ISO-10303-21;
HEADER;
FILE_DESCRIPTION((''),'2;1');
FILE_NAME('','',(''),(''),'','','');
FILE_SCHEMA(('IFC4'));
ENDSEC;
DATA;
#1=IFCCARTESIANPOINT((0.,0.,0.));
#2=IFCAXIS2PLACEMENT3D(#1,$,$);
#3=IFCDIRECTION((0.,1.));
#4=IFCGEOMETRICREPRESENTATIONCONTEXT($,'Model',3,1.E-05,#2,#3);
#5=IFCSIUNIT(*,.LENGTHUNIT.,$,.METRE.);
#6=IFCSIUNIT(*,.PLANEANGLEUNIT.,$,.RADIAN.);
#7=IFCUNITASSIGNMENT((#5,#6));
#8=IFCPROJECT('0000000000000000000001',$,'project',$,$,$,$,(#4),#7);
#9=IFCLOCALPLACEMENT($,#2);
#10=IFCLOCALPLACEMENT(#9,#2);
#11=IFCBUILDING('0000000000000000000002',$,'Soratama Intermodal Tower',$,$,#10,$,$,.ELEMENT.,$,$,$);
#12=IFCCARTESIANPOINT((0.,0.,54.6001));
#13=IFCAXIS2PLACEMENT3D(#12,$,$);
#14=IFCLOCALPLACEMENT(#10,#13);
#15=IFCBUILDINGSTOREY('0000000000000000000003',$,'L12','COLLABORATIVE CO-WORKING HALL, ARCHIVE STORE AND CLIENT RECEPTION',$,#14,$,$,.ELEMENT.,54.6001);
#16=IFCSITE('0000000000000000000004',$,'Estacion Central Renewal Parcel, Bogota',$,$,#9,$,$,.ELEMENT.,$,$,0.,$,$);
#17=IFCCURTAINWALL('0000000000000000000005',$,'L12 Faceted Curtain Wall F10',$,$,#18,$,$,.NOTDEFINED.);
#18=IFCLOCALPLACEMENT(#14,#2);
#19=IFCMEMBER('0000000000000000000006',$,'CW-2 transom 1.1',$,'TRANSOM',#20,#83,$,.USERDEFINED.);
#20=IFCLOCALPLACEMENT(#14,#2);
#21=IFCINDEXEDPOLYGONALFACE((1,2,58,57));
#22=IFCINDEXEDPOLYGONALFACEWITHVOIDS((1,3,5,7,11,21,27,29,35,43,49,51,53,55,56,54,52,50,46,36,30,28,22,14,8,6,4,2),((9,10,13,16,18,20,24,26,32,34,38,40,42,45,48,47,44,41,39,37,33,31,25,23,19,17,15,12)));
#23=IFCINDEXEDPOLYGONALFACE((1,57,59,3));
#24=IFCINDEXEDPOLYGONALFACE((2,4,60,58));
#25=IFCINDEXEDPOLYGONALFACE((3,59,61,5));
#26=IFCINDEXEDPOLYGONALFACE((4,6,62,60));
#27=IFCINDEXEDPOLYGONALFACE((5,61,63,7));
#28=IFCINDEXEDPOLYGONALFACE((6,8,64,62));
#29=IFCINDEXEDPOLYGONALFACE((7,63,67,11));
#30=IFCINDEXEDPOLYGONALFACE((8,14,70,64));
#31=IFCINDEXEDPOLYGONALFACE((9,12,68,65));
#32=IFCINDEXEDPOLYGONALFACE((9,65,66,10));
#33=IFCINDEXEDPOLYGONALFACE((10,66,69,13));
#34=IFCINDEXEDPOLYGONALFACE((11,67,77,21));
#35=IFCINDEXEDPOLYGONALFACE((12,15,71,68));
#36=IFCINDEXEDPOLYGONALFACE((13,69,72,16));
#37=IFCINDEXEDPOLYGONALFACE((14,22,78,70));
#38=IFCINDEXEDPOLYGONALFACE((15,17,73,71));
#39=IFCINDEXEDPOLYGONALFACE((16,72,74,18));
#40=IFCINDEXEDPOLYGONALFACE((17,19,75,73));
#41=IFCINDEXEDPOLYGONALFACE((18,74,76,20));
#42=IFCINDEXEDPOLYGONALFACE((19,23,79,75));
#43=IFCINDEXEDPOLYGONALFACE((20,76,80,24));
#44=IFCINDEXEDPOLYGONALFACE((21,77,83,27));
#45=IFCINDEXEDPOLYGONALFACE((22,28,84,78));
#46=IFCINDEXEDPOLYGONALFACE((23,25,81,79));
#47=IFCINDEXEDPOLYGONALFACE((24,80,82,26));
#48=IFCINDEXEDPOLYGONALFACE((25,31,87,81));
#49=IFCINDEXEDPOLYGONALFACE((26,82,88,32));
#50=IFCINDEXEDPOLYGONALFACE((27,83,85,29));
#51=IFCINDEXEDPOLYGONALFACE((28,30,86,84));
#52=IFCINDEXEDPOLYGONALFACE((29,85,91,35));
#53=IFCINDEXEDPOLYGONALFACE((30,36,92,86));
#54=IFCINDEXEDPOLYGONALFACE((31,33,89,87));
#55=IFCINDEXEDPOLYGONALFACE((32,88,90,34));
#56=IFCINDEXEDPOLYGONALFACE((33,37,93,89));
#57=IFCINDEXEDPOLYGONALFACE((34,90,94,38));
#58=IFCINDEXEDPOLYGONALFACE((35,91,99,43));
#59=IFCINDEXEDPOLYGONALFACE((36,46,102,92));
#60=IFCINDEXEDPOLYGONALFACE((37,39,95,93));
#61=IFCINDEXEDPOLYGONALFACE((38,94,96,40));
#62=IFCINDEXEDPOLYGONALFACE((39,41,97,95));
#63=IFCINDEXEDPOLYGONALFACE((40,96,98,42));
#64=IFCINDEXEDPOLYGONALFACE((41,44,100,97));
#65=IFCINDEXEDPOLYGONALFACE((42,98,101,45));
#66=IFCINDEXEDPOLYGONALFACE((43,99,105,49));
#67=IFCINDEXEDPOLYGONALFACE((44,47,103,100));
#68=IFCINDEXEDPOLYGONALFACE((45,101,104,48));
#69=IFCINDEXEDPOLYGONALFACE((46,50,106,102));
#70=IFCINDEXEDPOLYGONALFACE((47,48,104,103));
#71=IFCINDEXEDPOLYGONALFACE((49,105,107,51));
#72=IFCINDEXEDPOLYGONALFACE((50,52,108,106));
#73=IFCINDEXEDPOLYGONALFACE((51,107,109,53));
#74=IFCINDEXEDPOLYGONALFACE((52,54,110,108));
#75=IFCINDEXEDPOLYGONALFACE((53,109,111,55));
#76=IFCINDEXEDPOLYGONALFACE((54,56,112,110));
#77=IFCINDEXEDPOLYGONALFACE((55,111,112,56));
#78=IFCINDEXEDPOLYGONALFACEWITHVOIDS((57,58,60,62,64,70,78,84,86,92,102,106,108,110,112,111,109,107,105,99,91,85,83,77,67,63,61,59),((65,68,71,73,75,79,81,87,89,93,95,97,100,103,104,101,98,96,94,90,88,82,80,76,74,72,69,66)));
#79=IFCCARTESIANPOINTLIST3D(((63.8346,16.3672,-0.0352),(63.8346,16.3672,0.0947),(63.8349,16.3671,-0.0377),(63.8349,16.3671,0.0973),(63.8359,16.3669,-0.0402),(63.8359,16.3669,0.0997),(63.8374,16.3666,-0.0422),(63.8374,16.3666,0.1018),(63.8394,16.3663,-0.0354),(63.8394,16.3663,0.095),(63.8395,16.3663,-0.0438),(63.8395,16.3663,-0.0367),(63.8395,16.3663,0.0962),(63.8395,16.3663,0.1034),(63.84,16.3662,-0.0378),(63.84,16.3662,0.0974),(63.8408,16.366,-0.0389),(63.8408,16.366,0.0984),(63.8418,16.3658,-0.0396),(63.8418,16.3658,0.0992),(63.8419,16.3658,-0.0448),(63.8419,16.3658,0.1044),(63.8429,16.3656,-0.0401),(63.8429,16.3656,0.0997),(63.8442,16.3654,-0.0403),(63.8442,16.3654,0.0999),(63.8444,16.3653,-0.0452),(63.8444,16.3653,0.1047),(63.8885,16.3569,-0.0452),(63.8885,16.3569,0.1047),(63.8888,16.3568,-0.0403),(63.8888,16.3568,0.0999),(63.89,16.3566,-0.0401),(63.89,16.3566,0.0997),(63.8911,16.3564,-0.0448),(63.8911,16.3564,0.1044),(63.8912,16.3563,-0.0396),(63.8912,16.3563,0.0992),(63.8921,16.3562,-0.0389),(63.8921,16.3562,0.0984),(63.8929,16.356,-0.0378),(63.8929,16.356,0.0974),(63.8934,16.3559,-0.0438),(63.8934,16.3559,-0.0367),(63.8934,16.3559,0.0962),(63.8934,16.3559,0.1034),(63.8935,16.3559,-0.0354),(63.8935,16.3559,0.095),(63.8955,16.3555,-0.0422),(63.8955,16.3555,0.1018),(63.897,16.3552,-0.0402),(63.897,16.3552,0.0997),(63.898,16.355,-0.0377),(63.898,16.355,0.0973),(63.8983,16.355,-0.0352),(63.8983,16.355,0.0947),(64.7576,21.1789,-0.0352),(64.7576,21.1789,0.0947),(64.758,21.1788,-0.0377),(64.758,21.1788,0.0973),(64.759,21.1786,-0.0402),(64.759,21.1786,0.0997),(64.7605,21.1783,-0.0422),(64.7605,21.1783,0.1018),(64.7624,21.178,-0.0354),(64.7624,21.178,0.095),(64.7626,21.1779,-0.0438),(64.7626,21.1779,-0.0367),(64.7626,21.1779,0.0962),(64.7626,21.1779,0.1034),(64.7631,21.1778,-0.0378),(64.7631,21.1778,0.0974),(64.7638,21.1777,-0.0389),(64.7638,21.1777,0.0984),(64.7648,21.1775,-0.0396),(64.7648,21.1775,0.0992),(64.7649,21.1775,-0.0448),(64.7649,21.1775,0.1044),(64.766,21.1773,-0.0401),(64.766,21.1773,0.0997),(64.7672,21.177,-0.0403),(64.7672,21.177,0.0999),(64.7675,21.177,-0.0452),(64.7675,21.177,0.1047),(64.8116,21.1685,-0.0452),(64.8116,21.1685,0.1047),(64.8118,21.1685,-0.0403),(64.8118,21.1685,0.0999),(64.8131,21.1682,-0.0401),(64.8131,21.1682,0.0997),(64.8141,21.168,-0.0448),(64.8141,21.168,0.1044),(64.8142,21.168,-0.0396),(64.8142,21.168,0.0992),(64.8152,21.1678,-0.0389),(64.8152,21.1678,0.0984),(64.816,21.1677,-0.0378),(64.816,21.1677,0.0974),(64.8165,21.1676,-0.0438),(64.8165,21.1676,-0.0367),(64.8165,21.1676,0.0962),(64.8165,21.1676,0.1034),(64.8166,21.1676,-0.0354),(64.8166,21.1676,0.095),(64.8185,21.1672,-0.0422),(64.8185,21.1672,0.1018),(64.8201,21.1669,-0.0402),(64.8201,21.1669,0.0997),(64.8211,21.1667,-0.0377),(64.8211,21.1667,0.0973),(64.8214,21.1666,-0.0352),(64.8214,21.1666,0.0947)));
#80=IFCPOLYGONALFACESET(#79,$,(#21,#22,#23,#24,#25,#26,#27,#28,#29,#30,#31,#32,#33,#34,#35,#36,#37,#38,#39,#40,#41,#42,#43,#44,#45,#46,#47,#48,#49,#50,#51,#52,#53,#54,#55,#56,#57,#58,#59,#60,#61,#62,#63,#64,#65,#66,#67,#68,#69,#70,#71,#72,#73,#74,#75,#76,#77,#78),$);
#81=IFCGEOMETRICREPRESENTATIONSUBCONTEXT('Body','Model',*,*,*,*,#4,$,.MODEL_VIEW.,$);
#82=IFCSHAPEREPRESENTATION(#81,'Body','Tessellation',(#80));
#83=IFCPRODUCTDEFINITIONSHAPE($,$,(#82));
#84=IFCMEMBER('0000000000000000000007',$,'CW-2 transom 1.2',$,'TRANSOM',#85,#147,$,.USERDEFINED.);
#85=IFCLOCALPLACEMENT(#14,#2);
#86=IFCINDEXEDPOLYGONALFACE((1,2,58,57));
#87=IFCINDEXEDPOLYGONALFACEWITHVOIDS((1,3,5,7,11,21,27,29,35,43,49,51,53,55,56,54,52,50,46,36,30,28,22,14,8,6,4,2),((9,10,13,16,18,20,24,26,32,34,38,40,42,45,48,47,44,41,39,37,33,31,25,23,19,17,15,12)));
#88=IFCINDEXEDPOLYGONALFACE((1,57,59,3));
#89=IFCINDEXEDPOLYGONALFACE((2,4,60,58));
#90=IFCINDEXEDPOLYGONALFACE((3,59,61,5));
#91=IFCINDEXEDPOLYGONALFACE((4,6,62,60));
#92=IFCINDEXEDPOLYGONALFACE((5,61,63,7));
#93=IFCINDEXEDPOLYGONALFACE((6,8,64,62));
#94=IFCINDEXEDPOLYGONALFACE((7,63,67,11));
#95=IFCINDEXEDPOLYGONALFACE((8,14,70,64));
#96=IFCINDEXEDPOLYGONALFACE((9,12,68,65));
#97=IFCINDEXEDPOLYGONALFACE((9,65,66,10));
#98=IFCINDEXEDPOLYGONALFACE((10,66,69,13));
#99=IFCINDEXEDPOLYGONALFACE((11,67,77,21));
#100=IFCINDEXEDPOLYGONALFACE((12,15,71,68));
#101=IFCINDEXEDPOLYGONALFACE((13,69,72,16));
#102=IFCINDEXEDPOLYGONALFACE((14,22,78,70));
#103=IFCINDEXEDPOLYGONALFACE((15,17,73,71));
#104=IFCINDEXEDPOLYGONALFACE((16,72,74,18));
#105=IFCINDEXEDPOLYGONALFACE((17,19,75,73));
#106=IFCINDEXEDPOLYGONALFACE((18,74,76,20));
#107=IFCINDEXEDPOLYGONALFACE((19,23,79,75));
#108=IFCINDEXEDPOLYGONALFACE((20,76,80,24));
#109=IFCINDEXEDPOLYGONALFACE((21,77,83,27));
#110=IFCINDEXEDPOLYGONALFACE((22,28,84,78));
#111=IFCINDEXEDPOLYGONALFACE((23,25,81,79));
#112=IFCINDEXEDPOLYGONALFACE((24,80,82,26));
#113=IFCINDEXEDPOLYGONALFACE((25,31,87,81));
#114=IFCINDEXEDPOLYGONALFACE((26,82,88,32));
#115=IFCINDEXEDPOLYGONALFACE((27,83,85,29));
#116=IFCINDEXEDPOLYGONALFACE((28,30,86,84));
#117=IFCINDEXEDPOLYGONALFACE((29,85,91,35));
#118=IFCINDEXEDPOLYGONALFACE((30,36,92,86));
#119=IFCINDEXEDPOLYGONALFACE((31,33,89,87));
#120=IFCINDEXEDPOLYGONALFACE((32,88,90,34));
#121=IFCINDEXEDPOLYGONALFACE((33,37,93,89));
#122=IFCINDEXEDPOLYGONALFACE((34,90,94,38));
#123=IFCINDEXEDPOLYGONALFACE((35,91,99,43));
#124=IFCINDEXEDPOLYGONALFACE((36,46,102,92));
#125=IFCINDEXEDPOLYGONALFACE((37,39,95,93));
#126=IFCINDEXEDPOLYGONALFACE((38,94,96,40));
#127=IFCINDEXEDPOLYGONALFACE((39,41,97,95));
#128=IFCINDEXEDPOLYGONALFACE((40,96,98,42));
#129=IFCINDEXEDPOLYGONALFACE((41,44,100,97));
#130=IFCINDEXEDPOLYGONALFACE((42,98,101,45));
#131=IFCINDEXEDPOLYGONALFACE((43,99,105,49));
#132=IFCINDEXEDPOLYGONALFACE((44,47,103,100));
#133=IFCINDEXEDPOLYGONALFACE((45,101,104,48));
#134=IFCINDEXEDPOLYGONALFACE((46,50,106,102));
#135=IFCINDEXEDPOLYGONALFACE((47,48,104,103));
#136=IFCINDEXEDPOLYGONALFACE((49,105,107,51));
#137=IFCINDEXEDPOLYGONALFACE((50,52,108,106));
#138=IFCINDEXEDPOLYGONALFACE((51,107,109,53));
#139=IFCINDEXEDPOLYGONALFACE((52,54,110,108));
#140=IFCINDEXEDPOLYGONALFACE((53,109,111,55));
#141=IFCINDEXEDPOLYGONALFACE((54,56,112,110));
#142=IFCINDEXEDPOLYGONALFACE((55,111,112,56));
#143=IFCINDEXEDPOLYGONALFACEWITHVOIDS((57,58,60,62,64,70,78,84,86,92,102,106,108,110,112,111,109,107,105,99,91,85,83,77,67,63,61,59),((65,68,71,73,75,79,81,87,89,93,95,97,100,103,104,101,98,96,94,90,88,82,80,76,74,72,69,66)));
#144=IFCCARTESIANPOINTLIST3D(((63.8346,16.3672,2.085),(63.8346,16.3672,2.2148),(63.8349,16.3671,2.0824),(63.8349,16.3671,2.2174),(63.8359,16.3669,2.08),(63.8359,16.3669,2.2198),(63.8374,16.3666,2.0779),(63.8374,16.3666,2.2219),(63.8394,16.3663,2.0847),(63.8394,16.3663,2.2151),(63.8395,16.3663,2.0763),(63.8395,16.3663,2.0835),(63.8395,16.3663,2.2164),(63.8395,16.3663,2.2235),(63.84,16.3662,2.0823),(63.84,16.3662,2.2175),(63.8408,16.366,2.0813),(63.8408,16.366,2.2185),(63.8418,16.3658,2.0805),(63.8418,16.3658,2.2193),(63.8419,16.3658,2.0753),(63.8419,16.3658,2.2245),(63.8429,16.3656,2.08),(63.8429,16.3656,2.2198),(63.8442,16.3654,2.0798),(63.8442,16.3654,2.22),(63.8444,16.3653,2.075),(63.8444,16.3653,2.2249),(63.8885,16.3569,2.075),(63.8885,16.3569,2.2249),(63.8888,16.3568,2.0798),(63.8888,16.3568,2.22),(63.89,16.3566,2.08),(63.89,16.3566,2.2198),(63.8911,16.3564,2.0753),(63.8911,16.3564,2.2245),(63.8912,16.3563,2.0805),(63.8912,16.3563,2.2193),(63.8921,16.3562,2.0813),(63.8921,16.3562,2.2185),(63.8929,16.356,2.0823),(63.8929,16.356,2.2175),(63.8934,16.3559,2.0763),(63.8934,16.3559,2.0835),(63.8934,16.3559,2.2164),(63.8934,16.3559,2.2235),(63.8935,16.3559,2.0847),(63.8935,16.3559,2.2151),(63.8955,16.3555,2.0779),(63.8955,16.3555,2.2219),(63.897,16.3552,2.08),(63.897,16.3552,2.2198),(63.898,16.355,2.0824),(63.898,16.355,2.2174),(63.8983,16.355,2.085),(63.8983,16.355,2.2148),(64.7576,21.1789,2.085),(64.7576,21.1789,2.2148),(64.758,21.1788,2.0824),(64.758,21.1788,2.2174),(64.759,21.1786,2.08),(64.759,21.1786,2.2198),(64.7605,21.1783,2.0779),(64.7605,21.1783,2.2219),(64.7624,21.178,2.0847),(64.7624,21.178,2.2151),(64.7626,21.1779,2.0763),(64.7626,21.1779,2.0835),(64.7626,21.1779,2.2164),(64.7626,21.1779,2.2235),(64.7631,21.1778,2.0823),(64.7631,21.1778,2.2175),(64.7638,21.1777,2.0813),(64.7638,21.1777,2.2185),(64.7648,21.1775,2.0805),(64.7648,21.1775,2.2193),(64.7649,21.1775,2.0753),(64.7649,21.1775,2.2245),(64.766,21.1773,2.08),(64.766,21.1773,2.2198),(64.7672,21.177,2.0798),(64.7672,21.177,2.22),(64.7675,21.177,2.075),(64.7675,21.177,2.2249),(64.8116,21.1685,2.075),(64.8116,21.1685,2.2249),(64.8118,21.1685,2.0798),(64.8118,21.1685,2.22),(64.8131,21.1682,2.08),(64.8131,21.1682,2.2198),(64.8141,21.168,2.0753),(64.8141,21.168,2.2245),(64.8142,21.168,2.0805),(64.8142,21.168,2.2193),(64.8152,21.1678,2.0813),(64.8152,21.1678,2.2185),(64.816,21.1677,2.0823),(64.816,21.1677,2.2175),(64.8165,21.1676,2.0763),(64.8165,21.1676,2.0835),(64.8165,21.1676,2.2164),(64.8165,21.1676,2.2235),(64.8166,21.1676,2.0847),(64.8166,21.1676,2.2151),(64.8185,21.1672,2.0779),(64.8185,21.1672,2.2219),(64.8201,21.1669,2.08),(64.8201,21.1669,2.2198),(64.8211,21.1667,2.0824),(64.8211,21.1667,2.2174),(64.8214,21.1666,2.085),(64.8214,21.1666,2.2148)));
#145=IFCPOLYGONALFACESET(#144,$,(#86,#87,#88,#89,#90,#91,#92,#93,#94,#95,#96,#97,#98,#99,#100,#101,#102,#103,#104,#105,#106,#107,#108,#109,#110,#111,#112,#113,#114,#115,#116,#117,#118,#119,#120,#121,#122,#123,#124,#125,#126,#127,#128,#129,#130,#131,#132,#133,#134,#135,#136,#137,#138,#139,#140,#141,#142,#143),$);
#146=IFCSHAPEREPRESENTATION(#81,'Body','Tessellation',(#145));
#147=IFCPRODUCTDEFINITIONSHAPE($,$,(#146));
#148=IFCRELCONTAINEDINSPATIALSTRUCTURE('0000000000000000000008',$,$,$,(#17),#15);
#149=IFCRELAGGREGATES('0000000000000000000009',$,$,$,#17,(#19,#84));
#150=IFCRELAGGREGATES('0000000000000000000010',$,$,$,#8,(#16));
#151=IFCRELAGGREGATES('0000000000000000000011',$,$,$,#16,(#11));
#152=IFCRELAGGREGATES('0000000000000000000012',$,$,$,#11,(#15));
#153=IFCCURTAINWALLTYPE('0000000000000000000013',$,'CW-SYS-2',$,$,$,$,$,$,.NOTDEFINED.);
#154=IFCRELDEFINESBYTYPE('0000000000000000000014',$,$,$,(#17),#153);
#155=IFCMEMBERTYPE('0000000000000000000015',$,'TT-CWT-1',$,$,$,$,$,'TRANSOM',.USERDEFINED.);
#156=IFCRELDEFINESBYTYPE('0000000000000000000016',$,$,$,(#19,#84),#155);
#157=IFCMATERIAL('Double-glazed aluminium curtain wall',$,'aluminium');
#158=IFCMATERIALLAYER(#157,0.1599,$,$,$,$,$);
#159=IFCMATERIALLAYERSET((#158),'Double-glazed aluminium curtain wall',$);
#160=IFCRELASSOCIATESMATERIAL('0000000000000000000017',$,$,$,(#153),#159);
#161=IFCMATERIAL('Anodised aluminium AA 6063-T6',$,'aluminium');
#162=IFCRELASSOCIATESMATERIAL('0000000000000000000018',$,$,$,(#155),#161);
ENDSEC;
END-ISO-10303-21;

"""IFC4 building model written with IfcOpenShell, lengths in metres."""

from ifc_helpers import new_model, si_unit, direction, frame, origin, origin_2d, place, context, subcontext, project, spatial, hollow_rectangle, extrude, material, layer, layer_set, material_profile, profile_set, type_object, element, aggregate, save


model = new_model("IFC4")

# Units and contexts
model_context = context("Model", 3, precision=1e-05, world=origin(), true_north=direction((0.0, 1.0)))
body_context = subcontext(model_context, "Body", "Model", "MODEL_VIEW")
ifc_project = project(units=[si_unit("LENGTHUNIT", "METRE"), si_unit("PLANEANGLEUNIT", "RADIAN")], contexts=[model_context])

# Site, building, storey
site_placement = place(None, origin())
site = spatial("IfcSite", under=ifc_project, at=site_placement, Name="Estacion Central Renewal Parcel, Bogota", CompositionType="ELEMENT", RefElevation=0.0)
building_placement = place(site_placement, origin())
building = spatial("IfcBuilding", under=site, at=building_placement, Name="Soratama Intermodal Tower", CompositionType="ELEMENT")
storey_placement = place(building_placement, frame((0.0, 0.0, 54.6001)))
storey = spatial("IfcBuildingStorey", under=building, at=storey_placement, Name="L12", Description="COLLABORATIVE CO-WORKING HALL, ARCHIVE STORE AND CLIENT RECEPTION", CompositionType="ELEMENT", Elevation=54.6001)

# Curtain wall, members
ifc_material_1 = material(Name="Double-glazed aluminium curtain wall", Category="aluminium")
ifc_layer_1 = layer(ifc_material_1, 0.1599)
ifc_layer_set_1 = layer_set([ifc_layer_1], Name="Double-glazed aluminium curtain wall")
curtain_wall_type = type_object("IfcCurtainWallType", Name="CW-SYS-2", PredefinedType="NOTDEFINED", material=ifc_layer_set_1)
curtain_wall_placement = place(storey_placement, origin())
curtain_wall = element("IfcCurtainWall", 1, at=curtain_wall_placement, inside=storey, type_object=curtain_wall_type, Name="L12 Faceted Curtain Wall F10", PredefinedType="NOTDEFINED")
ifc_material_2 = material(Name="Anodised aluminium AA 6063-T6", Category="aluminium")
ifc_material_profile_1 = material_profile(ifc_material_2, hollow_rectangle(XDim=0.0649, YDim=0.1499, WallThickness=0.0049, InnerFilletRadius=0.0049, OuterFilletRadius=0.01, at=origin_2d()), Name="CWT150X65X5")
ifc_profile_set_1 = profile_set([ifc_material_profile_1], Name="Anodised aluminium AA 6063-T6")
member_type_1 = type_object("IfcMemberType", Name="TT-CWT-1", ElementType="TRANSOM", PredefinedType="USERDEFINED", material=ifc_profile_set_1)
member_1_placement = place(storey_placement, frame((63.8665, 16.3611, 0.0298), z_axis=(0.188406, 0.982091, 0.0), x_axis=(-0.982091, 0.188406, 0.0)))
member_1 = element("IfcMember", 2, at=member_1_placement, type_object=member_type_1, Name="CW-2 transom 1.1", ObjectType="TRANSOM", PredefinedType="USERDEFINED", context=body_context, shape_type="SweptSolid", body=[
    extrude(hollow_rectangle(XDim=0.0649, YDim=0.1499, WallThickness=0.0049, InnerFilletRadius=0.0049, OuterFilletRadius=0.01, at=origin_2d()), origin(), (0.0, 0.0, 1.0), 4.8994),
])
member_2_placement = place(storey_placement, frame((63.8665, 16.3611, 2.1499), z_axis=(0.188406, 0.982091, 0.0), x_axis=(-0.982091, 0.188406, 0.0)))
member_2 = element("IfcMember", 3, at=member_2_placement, type_object=member_type_1, Name="CW-2 transom 1.2", ObjectType="TRANSOM", PredefinedType="USERDEFINED", context=body_context, shape_type="SweptSolid", body=[
    extrude(hollow_rectangle(XDim=0.0649, YDim=0.1499, WallThickness=0.0049, InnerFilletRadius=0.0049, OuterFilletRadius=0.01, at=origin_2d()), origin(), (0.0, 0.0, 1.0), 4.8994),
])
aggregate(curtain_wall, [member_1, member_2])

save(model, "model.ifc")
